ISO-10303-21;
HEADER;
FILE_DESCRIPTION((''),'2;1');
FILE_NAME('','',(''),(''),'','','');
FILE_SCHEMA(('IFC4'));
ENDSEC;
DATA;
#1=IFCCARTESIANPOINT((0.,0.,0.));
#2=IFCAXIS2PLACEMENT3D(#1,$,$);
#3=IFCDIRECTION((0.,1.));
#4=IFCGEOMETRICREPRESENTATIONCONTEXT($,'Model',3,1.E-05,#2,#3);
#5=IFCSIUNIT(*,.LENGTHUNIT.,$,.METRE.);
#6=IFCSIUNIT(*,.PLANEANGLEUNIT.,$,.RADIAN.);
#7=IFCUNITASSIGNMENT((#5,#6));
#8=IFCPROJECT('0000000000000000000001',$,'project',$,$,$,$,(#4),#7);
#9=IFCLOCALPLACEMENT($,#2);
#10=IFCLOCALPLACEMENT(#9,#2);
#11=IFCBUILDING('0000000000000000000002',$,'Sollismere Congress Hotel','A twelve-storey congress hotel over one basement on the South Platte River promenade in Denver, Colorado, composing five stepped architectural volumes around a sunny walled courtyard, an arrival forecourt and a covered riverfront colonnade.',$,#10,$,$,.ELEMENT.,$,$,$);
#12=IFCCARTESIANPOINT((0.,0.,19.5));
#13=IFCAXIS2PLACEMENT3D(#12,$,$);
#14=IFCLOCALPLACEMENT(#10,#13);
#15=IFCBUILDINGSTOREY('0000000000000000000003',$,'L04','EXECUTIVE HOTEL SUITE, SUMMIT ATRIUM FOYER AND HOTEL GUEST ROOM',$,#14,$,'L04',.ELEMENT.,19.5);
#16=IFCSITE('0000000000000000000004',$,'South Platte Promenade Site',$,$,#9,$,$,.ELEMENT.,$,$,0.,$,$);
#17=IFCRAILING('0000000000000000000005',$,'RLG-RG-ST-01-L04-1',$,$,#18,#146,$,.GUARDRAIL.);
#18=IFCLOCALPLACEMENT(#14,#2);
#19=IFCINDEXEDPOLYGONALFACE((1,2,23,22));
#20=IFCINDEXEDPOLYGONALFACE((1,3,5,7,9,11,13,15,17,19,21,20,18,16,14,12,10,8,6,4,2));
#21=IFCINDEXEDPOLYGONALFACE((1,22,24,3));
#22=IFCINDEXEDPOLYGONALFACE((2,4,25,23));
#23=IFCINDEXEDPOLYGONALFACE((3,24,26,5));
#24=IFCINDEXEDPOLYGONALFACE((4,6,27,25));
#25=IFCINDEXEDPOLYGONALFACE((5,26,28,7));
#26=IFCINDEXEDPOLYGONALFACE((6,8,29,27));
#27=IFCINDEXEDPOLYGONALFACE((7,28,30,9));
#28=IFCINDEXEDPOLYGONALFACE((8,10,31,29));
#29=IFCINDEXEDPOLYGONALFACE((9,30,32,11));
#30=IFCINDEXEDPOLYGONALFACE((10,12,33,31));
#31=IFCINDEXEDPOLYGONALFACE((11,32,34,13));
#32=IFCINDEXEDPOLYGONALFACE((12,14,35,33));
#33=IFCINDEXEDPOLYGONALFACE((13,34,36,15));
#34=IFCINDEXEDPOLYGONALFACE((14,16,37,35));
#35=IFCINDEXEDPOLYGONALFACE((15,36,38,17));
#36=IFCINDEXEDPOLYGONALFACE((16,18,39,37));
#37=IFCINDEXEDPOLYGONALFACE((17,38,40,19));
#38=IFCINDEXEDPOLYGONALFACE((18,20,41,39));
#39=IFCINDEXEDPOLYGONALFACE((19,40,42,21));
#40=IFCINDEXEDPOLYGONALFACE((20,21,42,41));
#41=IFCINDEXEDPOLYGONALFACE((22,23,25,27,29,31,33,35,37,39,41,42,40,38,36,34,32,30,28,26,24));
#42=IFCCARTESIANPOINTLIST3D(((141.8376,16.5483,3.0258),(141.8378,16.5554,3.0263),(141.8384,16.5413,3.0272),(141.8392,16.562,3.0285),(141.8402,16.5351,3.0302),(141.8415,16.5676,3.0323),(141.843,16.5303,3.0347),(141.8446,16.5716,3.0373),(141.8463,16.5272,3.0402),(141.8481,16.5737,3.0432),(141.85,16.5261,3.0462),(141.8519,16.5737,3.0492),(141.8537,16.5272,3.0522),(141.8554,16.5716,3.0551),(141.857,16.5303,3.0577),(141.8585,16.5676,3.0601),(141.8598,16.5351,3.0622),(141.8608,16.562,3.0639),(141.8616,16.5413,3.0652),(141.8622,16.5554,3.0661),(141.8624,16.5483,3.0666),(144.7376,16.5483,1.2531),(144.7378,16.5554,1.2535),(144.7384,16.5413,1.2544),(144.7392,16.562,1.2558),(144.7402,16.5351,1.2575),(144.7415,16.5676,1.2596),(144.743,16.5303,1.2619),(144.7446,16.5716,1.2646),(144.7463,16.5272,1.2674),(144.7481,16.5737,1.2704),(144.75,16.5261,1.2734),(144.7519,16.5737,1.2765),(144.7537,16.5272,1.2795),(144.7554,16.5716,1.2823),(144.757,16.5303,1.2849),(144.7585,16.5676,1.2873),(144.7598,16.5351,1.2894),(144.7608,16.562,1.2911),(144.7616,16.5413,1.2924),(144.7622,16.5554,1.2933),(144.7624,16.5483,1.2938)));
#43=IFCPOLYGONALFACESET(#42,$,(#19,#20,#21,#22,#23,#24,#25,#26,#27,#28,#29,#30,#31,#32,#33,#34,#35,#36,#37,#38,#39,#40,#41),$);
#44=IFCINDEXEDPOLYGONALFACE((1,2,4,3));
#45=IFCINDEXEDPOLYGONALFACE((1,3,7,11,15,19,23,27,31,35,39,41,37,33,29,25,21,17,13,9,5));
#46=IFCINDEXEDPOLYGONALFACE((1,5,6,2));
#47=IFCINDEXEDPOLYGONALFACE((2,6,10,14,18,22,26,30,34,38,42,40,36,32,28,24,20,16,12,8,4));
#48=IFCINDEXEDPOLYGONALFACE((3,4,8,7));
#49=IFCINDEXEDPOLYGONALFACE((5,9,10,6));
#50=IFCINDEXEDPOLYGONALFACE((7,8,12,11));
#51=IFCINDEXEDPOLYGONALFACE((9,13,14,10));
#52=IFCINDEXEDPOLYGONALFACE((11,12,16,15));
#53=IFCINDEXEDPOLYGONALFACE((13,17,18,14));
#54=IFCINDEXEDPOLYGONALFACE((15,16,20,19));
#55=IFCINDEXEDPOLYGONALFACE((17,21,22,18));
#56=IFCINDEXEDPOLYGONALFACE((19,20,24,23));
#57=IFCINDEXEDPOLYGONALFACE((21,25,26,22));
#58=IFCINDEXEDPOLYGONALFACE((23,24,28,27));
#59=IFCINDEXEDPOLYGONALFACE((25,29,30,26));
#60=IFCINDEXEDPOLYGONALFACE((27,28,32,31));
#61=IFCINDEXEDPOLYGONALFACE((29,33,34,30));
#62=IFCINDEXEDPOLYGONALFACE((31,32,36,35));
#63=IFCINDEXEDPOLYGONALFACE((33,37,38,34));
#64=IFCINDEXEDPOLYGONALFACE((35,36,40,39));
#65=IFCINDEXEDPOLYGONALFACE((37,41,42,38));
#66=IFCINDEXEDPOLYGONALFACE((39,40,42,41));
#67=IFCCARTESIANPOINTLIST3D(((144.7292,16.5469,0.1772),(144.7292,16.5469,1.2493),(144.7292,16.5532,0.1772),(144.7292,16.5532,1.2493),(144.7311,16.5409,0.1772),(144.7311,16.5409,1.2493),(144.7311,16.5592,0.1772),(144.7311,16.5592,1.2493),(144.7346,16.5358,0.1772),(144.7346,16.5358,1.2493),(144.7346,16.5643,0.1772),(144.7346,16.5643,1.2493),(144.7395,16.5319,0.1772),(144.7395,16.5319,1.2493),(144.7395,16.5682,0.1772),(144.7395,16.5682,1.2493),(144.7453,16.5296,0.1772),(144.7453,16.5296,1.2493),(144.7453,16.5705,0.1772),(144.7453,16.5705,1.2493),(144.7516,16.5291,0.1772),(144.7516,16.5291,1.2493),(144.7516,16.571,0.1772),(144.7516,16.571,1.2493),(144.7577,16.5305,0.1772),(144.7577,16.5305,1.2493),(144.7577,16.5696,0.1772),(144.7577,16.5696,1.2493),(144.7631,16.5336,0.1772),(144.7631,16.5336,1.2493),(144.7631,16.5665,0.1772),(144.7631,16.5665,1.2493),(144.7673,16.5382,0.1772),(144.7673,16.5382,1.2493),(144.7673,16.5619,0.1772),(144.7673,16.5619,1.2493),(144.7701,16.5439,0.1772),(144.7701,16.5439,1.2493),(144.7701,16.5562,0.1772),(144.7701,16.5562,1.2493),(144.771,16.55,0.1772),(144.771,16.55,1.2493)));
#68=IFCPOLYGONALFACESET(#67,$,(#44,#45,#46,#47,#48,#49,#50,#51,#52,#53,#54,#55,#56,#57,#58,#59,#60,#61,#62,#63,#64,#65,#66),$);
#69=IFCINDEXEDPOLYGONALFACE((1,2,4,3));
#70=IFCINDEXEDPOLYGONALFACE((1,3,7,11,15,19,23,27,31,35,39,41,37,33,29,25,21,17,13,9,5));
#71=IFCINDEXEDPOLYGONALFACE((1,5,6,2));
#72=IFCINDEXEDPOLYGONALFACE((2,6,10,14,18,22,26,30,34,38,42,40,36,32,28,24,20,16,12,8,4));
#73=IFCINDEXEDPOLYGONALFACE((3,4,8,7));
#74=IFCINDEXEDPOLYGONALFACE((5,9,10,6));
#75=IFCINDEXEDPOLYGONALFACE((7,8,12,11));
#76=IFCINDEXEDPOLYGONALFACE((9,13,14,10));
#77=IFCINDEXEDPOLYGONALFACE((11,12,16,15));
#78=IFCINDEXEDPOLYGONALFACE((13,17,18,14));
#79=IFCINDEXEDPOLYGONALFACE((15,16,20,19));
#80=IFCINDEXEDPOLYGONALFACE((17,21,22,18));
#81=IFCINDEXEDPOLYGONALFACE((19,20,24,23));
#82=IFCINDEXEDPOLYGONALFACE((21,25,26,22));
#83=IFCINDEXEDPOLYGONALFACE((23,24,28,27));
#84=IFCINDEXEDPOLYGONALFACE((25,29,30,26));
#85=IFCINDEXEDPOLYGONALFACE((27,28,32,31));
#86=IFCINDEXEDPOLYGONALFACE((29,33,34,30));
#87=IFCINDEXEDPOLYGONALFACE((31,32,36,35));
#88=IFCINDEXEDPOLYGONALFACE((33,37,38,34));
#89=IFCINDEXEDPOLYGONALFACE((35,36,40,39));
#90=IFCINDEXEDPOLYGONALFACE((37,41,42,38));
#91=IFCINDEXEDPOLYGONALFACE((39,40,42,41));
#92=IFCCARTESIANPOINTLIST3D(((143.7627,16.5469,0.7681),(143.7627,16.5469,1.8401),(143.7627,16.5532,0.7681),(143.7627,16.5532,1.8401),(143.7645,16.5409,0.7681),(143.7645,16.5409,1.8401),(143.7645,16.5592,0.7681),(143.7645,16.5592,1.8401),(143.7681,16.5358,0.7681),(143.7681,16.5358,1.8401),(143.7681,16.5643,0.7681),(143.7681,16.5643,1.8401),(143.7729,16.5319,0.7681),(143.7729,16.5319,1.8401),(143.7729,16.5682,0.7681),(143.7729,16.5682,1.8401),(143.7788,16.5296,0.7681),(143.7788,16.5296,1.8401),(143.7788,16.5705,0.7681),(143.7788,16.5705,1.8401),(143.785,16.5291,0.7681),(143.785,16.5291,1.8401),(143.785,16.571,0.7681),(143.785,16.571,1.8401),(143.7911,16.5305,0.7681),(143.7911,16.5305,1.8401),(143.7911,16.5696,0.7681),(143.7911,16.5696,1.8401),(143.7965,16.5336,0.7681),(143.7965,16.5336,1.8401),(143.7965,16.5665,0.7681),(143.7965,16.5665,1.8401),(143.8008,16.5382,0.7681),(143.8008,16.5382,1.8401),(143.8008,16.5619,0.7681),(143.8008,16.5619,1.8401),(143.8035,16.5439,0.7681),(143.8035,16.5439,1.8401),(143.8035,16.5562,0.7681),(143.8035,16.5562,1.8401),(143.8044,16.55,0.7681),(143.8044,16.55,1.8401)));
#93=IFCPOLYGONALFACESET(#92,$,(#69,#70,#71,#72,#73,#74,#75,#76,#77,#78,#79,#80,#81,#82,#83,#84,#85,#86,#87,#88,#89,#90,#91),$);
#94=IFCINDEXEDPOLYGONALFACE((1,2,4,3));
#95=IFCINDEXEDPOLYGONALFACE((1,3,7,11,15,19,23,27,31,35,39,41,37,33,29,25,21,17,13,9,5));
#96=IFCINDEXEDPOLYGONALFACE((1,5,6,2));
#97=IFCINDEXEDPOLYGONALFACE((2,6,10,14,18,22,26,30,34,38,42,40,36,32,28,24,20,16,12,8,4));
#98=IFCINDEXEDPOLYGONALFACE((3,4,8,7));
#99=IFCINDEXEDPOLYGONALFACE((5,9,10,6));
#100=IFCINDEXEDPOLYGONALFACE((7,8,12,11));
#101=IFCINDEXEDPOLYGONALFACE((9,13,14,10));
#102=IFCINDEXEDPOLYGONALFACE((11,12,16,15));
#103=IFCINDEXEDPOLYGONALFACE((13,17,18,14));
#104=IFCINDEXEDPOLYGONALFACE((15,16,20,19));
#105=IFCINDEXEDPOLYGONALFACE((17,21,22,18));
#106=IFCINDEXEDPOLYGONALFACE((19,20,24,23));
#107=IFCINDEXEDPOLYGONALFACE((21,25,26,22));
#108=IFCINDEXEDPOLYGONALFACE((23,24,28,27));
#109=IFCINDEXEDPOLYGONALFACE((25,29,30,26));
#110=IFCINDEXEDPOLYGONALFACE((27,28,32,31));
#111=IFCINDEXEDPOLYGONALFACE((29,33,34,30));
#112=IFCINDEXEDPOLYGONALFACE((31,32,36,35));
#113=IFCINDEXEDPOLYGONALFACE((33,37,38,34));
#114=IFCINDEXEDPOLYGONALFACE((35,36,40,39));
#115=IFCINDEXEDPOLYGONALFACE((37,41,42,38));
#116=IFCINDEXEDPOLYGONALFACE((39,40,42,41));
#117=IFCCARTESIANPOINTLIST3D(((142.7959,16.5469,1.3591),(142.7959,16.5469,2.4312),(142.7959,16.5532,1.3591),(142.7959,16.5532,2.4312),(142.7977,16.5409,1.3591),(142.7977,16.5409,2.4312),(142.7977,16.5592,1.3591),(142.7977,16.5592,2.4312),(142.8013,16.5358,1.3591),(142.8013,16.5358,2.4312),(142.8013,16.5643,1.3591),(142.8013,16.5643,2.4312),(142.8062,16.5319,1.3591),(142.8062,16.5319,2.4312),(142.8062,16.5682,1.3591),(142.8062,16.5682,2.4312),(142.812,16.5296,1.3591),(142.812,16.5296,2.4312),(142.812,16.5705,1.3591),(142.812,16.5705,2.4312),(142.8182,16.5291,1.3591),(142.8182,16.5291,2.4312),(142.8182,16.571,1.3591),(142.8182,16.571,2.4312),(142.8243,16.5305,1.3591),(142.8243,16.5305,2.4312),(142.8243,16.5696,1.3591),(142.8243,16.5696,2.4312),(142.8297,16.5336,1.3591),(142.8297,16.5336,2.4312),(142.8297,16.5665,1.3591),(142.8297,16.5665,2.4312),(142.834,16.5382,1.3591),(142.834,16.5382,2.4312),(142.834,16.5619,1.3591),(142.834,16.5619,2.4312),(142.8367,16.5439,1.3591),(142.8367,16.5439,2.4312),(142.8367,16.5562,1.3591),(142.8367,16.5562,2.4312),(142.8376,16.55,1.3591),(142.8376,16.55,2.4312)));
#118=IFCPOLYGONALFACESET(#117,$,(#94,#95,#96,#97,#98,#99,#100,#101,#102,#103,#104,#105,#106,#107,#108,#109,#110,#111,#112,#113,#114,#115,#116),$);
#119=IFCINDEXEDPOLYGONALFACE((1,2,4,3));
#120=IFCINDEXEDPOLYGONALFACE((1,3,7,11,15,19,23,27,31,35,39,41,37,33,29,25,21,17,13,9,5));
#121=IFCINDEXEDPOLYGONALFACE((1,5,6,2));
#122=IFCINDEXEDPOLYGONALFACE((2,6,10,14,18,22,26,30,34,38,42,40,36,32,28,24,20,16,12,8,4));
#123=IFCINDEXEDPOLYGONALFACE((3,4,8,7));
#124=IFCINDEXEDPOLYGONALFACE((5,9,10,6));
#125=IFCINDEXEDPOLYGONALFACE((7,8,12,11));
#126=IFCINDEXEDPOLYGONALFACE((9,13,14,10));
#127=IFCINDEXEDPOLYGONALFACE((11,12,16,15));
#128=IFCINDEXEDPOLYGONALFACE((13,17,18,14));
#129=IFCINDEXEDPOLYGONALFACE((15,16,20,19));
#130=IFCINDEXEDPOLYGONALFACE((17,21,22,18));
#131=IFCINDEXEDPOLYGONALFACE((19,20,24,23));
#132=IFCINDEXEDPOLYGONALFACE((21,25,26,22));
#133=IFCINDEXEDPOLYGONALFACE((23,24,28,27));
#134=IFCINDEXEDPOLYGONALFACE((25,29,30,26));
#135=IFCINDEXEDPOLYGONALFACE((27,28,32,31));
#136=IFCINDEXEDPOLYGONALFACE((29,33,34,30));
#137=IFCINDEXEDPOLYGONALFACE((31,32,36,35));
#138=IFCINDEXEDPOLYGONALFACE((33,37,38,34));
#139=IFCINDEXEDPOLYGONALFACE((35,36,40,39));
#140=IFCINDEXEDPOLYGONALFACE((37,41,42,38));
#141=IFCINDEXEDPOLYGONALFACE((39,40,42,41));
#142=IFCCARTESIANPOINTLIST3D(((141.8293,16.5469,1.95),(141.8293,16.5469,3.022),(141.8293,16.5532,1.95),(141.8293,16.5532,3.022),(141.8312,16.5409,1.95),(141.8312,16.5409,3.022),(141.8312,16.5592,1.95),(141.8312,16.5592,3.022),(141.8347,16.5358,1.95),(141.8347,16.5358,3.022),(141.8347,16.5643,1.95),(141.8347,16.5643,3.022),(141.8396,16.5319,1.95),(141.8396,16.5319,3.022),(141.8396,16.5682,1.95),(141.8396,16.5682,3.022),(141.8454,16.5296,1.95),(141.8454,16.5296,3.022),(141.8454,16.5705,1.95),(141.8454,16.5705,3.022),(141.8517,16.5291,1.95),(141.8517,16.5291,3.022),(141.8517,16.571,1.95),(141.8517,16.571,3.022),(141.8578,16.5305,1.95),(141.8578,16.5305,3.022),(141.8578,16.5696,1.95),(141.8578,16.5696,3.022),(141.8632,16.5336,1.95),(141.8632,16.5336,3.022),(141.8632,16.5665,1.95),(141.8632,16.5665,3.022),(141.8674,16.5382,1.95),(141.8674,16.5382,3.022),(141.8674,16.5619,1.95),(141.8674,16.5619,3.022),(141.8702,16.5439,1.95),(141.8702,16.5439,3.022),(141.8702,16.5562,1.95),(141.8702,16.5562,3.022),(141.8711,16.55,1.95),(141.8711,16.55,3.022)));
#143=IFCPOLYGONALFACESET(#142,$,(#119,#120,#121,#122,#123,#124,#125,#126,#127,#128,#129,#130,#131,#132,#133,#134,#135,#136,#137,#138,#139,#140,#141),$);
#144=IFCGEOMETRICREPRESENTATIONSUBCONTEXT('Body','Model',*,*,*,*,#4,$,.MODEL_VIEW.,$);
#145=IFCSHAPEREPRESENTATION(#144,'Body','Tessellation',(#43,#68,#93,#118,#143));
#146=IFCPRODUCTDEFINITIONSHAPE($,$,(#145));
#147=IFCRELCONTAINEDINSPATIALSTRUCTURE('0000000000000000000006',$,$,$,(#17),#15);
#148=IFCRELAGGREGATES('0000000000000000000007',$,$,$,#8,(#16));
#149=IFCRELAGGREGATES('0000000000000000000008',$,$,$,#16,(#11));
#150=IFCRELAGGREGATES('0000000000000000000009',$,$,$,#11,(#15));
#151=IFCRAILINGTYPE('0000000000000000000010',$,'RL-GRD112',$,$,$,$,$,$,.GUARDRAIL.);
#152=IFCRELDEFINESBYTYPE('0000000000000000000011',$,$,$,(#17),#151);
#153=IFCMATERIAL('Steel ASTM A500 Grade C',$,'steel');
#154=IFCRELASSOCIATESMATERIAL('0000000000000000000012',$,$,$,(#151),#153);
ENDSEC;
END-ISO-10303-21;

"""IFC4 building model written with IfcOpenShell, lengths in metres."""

from ifc_helpers import new_model, si_unit, direction, frame, origin, origin_2d, place, context, subcontext, project, spatial, circle, extrude, material, type_object, element, save


model = new_model("IFC4")

# Units and contexts
model_context = context("Model", 3, precision=1e-05, world=origin(), true_north=direction((0.0, 1.0)))
body_context = subcontext(model_context, "Body", "Model", "MODEL_VIEW")
ifc_project = project(units=[si_unit("LENGTHUNIT", "METRE"), si_unit("PLANEANGLEUNIT", "RADIAN")], contexts=[model_context])

# Site, building, storey
site_placement = place(None, origin())
site = spatial("IfcSite", under=ifc_project, at=site_placement, Name="South Platte Promenade Site", CompositionType="ELEMENT", RefElevation=0.0)
building_placement = place(site_placement, origin())
building = spatial("IfcBuilding", under=site, at=building_placement, Name="Sollismere Congress Hotel", Description="A twelve-storey congress hotel over one basement on the South Platte River promenade in Denver, Colorado, composing five stepped architectural volumes around a sunny walled courtyard, an arrival forecourt and a covered riverfront colonnade.", CompositionType="ELEMENT")
storey_placement = place(building_placement, frame((0.0, 0.0, 19.5)))
storey = spatial("IfcBuildingStorey", under=building, at=storey_placement, Name="L04", Description="EXECUTIVE HOTEL SUITE, SUMMIT ATRIUM FOYER AND HOTEL GUEST ROOM", LongName="L04", CompositionType="ELEMENT", Elevation=19.5)

# Railing
ifc_material_1 = material(Name="Steel ASTM A500 Grade C", Category="steel")
railing_type_1 = type_object("IfcRailingType", Name="RL-GRD112", PredefinedType="GUARDRAIL", material=ifc_material_1)
railing_1_placement = place(storey_placement, frame((144.75, 16.55, 0.1772)))
element("IfcRailing", 1, at=railing_1_placement, inside=storey, type_object=railing_type_1, Name="RLG-RG-ST-01-L04-1", PredefinedType="GUARDRAIL", context=body_context, shape_type="SweptSolid", body=[
    extrude(circle(Radius=0.0239, at=origin_2d()), frame((0.0, 0.0, 1.0962), z_axis=(-0.853211, 0.0, 0.521566), x_axis=(0.0, -1.0, 0.0)), (0.0, 0.0, 1.0), 3.3989),
    extrude(circle(Radius=0.021, at=origin_2d()), origin(), (0.0, 0.0, 1.0), 1.072),
    extrude(circle(Radius=0.021, at=origin_2d()), frame((-0.9666, 0.0, 0.5908)), (0.0, 0.0, 1.0), 1.072),
    extrude(circle(Radius=0.021, at=origin_2d()), frame((-1.9333, 0.0, 1.1819)), (0.0, 0.0, 1.0), 1.072),
    extrude(circle(Radius=0.021, at=origin_2d()), frame((-2.8999, 0.0, 1.7727)), (0.0, 0.0, 1.0), 1.072),
])

save(model, "model.ifc")
